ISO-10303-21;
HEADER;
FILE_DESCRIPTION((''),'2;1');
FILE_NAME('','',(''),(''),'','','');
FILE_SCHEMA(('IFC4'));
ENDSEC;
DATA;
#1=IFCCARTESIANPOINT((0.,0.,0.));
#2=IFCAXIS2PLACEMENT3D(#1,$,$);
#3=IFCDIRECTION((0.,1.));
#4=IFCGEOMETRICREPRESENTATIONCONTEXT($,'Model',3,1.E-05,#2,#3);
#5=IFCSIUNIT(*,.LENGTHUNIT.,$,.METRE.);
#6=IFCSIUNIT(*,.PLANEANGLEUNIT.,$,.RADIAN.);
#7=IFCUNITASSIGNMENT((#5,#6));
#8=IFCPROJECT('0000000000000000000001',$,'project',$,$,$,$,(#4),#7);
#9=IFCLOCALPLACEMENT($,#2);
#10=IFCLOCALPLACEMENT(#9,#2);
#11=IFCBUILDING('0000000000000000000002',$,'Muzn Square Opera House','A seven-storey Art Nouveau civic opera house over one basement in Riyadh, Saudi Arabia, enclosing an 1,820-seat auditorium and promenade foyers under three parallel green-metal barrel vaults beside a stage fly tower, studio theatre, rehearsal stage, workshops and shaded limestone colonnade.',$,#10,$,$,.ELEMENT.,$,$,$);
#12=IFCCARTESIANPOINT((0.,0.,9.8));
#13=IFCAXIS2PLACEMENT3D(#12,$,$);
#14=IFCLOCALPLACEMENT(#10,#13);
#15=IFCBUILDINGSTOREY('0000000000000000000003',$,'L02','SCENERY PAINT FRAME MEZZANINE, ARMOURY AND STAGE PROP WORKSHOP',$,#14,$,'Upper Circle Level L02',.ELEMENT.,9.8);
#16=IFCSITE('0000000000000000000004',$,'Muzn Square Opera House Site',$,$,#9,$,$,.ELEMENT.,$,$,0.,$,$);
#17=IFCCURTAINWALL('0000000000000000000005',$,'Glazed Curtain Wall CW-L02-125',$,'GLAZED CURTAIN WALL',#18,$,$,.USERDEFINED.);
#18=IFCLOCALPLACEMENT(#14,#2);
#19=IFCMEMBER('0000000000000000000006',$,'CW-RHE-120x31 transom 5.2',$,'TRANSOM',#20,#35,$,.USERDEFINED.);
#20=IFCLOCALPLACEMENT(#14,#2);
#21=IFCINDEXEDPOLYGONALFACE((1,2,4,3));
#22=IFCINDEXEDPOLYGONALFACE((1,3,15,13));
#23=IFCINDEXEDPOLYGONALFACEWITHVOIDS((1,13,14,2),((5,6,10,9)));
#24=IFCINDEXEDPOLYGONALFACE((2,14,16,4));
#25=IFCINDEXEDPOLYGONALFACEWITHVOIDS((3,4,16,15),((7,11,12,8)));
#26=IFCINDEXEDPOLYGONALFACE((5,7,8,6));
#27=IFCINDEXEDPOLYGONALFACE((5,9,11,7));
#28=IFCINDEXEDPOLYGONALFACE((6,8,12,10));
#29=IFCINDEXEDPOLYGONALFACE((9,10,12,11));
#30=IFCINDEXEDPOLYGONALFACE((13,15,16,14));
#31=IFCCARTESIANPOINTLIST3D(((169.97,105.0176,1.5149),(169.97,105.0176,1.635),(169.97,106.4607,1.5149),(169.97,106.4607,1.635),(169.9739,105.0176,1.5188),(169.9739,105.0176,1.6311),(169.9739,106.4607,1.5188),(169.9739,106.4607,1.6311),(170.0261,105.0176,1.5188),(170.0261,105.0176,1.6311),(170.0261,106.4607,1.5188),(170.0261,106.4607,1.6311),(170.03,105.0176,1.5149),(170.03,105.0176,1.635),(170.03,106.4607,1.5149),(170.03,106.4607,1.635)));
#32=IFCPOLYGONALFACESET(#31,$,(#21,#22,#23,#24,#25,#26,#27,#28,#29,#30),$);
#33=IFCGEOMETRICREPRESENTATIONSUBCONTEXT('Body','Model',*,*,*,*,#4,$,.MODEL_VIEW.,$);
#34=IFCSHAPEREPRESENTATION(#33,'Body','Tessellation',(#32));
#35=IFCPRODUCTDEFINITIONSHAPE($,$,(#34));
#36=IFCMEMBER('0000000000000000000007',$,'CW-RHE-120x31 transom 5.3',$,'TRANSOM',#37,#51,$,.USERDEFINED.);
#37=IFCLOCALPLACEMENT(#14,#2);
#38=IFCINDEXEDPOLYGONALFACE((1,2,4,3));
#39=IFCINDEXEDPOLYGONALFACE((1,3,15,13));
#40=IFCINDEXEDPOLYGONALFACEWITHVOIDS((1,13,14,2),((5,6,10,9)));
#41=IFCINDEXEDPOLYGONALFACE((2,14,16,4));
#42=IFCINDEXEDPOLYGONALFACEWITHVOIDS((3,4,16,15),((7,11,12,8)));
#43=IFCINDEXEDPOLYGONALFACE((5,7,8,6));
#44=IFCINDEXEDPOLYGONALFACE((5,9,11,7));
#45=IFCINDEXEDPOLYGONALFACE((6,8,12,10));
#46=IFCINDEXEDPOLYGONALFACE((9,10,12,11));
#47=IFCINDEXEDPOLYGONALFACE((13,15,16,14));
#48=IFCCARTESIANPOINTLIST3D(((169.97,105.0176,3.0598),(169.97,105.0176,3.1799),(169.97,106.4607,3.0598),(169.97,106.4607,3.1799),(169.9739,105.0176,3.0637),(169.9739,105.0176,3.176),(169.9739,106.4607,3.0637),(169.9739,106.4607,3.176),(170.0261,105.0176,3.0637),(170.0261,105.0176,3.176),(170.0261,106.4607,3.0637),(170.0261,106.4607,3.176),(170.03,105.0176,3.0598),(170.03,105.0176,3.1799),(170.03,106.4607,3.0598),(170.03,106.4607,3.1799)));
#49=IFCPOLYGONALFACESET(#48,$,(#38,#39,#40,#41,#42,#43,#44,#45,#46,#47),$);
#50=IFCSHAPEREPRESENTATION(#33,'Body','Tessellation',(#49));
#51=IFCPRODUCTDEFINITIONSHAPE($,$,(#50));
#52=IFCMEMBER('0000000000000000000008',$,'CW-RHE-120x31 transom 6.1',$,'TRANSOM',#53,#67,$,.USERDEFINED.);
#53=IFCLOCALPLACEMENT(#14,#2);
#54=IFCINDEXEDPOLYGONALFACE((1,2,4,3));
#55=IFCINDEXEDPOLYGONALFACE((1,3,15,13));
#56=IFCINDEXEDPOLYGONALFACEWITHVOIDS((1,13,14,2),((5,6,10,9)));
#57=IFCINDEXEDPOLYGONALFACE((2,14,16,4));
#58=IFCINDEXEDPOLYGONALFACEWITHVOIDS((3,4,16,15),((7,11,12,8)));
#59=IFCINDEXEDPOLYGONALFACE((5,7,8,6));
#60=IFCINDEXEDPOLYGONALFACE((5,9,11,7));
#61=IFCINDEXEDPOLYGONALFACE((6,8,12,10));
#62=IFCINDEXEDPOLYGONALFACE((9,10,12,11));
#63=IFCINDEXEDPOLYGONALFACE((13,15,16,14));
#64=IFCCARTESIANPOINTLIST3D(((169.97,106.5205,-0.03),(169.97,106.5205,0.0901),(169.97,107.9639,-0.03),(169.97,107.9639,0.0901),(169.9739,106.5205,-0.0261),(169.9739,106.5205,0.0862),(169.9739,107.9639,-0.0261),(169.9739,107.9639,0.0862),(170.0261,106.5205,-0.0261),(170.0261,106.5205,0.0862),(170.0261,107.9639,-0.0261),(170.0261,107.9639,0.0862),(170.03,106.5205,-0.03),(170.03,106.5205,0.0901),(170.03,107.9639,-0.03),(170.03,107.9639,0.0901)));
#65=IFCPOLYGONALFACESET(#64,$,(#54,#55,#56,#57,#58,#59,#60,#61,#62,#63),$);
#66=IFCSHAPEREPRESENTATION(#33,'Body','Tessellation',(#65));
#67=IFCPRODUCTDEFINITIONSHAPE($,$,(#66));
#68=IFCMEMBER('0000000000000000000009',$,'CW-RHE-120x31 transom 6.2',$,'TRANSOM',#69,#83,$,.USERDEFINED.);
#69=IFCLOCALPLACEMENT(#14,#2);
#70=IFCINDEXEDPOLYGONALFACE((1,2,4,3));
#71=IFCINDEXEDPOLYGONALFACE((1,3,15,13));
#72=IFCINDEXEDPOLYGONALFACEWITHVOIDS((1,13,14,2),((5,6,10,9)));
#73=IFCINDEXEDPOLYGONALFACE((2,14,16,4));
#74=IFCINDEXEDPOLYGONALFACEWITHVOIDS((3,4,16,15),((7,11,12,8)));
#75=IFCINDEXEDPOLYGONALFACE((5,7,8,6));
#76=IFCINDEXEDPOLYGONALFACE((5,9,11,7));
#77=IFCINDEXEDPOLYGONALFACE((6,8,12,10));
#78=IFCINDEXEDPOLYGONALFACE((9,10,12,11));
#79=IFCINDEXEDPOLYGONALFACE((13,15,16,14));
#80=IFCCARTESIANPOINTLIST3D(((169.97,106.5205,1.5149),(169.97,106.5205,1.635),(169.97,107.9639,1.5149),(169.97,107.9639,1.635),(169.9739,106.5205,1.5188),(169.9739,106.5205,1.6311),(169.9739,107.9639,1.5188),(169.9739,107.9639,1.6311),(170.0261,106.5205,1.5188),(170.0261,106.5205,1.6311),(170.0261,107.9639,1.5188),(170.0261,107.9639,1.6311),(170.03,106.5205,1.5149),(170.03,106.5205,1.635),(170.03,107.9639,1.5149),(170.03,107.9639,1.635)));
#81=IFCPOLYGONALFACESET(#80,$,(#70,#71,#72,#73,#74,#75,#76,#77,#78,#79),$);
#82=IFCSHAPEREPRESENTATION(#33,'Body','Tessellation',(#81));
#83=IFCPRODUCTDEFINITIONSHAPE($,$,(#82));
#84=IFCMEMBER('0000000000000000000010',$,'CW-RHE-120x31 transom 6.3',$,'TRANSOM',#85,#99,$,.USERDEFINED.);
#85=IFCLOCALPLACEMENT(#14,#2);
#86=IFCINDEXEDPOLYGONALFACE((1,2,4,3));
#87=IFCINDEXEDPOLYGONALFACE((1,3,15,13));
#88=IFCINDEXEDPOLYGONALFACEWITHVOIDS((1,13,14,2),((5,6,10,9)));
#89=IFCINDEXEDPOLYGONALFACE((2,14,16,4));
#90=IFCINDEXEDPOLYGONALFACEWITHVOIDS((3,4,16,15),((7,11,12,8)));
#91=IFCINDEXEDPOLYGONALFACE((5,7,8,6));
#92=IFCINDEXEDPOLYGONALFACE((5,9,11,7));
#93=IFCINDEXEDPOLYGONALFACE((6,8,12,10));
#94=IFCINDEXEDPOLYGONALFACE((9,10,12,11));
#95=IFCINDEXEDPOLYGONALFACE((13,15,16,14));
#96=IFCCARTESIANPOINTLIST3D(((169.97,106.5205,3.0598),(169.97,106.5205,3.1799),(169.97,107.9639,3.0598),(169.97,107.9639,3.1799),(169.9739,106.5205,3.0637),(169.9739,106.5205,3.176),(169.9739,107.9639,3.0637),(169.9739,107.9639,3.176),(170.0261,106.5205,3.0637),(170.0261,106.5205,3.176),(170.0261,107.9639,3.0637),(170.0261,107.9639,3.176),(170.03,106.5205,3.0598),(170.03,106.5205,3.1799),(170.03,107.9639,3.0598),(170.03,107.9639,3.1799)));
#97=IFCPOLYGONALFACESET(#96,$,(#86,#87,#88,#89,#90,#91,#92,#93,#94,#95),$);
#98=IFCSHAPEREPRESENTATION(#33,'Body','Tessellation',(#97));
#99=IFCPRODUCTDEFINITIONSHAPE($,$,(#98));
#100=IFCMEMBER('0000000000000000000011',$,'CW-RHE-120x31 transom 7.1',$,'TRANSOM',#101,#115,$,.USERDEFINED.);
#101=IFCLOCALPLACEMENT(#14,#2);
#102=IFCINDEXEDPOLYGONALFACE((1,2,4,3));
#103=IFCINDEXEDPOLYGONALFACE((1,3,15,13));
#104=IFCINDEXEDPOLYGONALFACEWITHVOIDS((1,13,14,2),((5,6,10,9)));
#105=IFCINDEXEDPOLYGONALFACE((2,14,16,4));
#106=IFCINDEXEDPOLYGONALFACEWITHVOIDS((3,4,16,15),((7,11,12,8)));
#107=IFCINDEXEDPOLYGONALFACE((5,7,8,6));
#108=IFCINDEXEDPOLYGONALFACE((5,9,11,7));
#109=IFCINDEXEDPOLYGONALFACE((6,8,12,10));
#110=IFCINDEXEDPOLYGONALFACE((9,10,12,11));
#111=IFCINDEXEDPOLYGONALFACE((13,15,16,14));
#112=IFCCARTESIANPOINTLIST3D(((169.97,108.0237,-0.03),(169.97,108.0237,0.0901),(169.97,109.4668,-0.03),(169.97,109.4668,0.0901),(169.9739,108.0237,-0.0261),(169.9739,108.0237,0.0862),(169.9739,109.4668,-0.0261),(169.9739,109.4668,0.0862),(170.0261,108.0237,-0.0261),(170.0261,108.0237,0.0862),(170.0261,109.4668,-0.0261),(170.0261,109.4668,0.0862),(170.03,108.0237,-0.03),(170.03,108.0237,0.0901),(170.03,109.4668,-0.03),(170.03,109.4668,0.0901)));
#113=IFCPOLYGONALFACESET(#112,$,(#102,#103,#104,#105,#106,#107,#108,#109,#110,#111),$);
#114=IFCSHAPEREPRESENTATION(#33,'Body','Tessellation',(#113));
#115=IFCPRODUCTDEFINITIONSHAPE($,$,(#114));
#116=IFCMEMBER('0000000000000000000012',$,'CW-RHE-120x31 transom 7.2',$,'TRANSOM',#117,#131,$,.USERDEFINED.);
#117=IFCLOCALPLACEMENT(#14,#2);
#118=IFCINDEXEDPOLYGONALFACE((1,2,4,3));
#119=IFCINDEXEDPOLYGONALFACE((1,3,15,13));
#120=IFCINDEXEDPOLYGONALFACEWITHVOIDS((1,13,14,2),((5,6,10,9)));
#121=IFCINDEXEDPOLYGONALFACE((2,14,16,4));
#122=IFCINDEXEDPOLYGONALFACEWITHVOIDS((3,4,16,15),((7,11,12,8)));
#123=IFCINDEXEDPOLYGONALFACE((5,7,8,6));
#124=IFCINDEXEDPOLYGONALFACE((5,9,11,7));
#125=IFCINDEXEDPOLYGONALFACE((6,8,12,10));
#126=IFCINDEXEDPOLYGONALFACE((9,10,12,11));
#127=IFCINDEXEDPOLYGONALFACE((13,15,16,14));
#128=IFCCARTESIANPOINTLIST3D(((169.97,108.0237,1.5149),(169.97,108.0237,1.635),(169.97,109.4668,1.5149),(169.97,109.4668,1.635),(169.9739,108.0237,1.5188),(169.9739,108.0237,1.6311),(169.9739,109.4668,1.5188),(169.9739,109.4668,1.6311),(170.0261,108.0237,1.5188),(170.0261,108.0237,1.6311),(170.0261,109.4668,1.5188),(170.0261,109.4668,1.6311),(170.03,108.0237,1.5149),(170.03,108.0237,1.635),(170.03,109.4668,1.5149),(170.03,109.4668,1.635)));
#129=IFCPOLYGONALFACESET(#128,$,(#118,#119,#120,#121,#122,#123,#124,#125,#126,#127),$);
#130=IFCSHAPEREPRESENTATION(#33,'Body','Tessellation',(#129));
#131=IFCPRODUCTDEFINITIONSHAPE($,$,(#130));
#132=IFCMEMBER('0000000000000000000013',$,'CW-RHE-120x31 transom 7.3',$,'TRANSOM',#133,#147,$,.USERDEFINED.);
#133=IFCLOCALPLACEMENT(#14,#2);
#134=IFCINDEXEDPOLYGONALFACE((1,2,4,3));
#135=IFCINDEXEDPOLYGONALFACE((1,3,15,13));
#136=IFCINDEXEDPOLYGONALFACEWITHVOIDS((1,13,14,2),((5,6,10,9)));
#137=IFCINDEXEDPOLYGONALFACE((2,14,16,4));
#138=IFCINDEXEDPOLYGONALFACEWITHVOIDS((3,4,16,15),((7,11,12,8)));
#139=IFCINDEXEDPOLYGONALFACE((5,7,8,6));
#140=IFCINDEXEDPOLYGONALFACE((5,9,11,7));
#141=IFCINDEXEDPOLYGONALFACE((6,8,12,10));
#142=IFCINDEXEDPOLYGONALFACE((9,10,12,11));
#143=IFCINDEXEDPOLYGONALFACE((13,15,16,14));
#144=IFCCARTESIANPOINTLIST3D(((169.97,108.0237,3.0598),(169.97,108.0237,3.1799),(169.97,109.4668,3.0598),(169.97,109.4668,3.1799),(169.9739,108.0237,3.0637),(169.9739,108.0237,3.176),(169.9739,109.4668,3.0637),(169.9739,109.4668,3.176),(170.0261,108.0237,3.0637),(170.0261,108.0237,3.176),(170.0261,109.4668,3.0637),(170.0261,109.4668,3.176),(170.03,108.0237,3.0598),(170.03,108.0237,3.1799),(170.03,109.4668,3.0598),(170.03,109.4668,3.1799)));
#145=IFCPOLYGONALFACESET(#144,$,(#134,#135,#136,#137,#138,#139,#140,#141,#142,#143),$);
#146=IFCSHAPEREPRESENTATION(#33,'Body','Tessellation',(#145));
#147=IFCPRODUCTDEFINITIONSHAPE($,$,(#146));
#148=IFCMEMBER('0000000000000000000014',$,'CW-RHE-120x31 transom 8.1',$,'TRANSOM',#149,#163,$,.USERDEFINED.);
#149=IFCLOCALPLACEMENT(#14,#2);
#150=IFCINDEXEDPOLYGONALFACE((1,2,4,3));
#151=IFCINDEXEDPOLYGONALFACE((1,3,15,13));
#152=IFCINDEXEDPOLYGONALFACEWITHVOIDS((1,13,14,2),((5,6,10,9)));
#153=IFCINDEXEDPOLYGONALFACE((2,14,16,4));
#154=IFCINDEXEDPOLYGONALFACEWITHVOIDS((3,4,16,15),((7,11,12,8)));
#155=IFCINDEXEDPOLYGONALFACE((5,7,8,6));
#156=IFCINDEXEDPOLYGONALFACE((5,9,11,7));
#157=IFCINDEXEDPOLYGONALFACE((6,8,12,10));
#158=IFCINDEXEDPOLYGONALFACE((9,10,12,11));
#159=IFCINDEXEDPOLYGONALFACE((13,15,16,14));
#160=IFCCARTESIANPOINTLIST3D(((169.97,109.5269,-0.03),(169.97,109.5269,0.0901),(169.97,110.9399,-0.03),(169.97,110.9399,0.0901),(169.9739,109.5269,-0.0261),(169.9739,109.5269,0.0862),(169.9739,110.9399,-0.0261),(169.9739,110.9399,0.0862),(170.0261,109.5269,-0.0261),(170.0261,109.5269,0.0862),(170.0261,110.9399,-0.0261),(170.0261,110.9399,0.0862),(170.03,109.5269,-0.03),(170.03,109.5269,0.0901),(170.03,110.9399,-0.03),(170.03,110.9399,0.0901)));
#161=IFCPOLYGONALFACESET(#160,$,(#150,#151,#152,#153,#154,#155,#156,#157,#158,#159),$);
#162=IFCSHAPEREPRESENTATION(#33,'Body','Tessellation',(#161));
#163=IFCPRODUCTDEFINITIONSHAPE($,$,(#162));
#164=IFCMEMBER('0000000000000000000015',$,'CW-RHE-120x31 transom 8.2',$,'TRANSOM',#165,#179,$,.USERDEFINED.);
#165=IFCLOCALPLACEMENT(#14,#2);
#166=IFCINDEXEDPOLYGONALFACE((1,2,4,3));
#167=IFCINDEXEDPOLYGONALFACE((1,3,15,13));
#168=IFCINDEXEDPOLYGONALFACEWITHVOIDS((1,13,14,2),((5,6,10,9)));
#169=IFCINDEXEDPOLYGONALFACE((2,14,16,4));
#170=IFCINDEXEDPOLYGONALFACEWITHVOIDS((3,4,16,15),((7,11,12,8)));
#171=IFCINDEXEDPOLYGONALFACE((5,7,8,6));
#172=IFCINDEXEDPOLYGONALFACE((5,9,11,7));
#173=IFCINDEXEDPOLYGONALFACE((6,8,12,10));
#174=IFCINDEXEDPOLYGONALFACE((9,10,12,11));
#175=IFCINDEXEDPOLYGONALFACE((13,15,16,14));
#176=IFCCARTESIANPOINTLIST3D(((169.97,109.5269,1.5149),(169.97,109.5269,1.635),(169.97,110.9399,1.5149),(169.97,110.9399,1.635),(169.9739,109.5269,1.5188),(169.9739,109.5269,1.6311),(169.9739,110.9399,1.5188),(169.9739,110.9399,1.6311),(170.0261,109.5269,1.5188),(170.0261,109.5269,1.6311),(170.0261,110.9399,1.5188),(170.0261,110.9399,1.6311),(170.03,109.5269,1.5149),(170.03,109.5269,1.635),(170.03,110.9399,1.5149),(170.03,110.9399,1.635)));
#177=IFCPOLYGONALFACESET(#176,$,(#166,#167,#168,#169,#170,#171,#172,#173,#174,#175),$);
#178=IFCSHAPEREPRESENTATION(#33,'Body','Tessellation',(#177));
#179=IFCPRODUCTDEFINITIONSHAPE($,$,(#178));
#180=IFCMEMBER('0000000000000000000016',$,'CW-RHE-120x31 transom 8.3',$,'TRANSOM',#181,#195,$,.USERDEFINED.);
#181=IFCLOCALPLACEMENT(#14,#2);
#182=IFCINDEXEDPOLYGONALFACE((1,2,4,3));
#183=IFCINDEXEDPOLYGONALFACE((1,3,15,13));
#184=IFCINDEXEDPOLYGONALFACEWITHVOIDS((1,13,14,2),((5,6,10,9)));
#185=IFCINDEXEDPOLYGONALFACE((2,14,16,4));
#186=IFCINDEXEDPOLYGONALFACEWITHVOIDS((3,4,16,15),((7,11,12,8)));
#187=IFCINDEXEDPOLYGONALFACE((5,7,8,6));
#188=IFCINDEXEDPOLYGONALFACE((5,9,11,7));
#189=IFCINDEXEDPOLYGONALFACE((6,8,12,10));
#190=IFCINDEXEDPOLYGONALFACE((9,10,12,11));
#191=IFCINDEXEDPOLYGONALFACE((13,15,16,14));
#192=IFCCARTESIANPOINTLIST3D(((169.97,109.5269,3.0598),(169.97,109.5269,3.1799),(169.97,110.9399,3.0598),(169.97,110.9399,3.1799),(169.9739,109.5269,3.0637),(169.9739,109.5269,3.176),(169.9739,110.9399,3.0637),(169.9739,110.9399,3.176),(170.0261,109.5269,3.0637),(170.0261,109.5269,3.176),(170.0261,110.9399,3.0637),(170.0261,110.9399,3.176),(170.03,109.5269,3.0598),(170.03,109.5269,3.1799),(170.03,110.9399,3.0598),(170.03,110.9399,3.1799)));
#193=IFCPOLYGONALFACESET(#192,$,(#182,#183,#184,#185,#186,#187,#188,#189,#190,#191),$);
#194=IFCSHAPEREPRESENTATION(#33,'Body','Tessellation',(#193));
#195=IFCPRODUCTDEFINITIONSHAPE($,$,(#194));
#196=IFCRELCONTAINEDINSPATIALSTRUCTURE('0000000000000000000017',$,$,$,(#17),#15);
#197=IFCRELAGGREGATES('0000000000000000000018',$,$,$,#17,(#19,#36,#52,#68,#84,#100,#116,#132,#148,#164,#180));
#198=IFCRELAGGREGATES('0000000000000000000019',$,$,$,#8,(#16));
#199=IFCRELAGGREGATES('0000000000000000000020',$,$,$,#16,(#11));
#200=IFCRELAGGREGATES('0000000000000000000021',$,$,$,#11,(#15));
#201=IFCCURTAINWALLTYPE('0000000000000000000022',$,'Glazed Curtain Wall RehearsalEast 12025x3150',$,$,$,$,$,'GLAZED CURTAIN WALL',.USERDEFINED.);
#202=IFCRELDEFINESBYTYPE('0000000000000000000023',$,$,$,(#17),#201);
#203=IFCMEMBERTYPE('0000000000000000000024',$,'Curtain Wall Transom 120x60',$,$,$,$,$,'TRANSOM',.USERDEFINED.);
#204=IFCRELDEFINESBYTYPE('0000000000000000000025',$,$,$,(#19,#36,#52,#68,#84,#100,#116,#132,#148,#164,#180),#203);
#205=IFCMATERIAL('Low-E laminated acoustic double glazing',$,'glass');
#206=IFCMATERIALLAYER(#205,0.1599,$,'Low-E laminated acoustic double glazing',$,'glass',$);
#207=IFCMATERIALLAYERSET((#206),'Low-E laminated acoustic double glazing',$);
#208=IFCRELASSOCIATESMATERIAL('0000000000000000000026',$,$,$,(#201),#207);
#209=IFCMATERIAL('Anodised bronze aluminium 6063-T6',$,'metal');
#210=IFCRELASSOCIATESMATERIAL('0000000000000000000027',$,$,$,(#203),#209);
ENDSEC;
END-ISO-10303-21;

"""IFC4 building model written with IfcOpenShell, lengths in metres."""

from ifc_helpers import new_model, si_unit, direction, frame, origin, origin_2d, place, context, subcontext, project, spatial, hollow_rectangle, extrude, material, layer, layer_set, material_profile, profile_set, type_object, element, aggregate, save


model = new_model("IFC4")

# Units and contexts
model_context = context("Model", 3, precision=1e-05, world=origin(), true_north=direction((0.0, 1.0)))
body_context = subcontext(model_context, "Body", "Model", "MODEL_VIEW")
ifc_project = project(units=[si_unit("LENGTHUNIT", "METRE"), si_unit("PLANEANGLEUNIT", "RADIAN")], contexts=[model_context])

# Site, building, storey
site_placement = place(None, origin())
site = spatial("IfcSite", under=ifc_project, at=site_placement, Name="Muzn Square Opera House Site", CompositionType="ELEMENT", RefElevation=0.0)
building_placement = place(site_placement, origin())
building = spatial("IfcBuilding", under=site, at=building_placement, Name="Muzn Square Opera House", Description="A seven-storey Art Nouveau civic opera house over one basement in Riyadh, Saudi Arabia, enclosing an 1,820-seat auditorium and promenade foyers under three parallel green-metal barrel vaults beside a stage fly tower, studio theatre, rehearsal stage, workshops and shaded limestone colonnade.", CompositionType="ELEMENT")
storey_placement = place(building_placement, frame((0.0, 0.0, 9.8)))
storey = spatial("IfcBuildingStorey", under=building, at=storey_placement, Name="L02", Description="SCENERY PAINT FRAME MEZZANINE, ARMOURY AND STAGE PROP WORKSHOP", LongName="Upper Circle Level L02", CompositionType="ELEMENT", Elevation=9.8)

# Curtain wall, members
ifc_material_1 = material(Name="Low-E laminated acoustic double glazing", Category="glass")
ifc_layer_1 = layer(ifc_material_1, 0.1599, Name="Low-E laminated acoustic double glazing", Category="glass")
ifc_layer_set_1 = layer_set([ifc_layer_1], Name="Low-E laminated acoustic double glazing")
curtain_wall_type = type_object("IfcCurtainWallType", Name="Glazed Curtain Wall RehearsalEast 12025x3150", ElementType="GLAZED CURTAIN WALL", PredefinedType="USERDEFINED", material=ifc_layer_set_1)
curtain_wall_placement = place(storey_placement, origin())
curtain_wall = element("IfcCurtainWall", 1, at=curtain_wall_placement, inside=storey, type_object=curtain_wall_type, Name="Glazed Curtain Wall CW-L02-125", ObjectType="GLAZED CURTAIN WALL", PredefinedType="USERDEFINED")
ifc_material_2 = material(Name="Anodised bronze aluminium 6063-T6", Category="metal")
ifc_material_profile_1 = material_profile(ifc_material_2, hollow_rectangle(XDim=0.0601, YDim=0.1201, WallThickness=0.0039, at=origin_2d()), Name="ALU 120x60x4", Category="metal")
ifc_profile_set_1 = profile_set([ifc_material_profile_1], Name="Anodised bronze aluminium 6063-T6")
member_type_1 = type_object("IfcMemberType", Name="Curtain Wall Transom 120x60", ElementType="TRANSOM", PredefinedType="USERDEFINED", material=ifc_profile_set_1)
member_1_placement = place(storey_placement, frame((170.0, 105.0176, 1.575), z_axis=(0.0, 1.0, 0.0), x_axis=(-1.0, 0.0, 0.0)))
member_1 = element("IfcMember", 2, at=member_1_placement, type_object=member_type_1, Name="CW-RHE-120x31 transom 5.2", ObjectType="TRANSOM", PredefinedType="USERDEFINED", context=body_context, shape_type="SweptSolid", body=[
    extrude(hollow_rectangle(XDim=0.0601, YDim=0.1201, WallThickness=0.0039, at=origin_2d()), origin(), (0.0, 0.0, 1.0), 1.4431),
])
member_2_placement = place(storey_placement, frame((170.0, 105.0176, 3.1199), z_axis=(0.0, 1.0, 0.0), x_axis=(-1.0, 0.0, 0.0)))
member_2 = element("IfcMember", 3, at=member_2_placement, type_object=member_type_1, Name="CW-RHE-120x31 transom 5.3", ObjectType="TRANSOM", PredefinedType="USERDEFINED", context=body_context, shape_type="SweptSolid", body=[
    extrude(hollow_rectangle(XDim=0.0601, YDim=0.1201, WallThickness=0.0039, at=origin_2d()), origin(), (0.0, 0.0, 1.0), 1.4431),
])
member_3_placement = place(storey_placement, frame((170.0, 106.5205, 0.03), z_axis=(0.0, 1.0, 0.0), x_axis=(-1.0, 0.0, 0.0)))
member_3 = element("IfcMember", 4, at=member_3_placement, type_object=member_type_1, Name="CW-RHE-120x31 transom 6.1", ObjectType="TRANSOM", PredefinedType="USERDEFINED", context=body_context, shape_type="SweptSolid", body=[
    extrude(hollow_rectangle(XDim=0.0601, YDim=0.1201, WallThickness=0.0039, at=origin_2d()), origin(), (0.0, 0.0, 1.0), 1.4434),
])
member_4_placement = place(storey_placement, frame((170.0, 106.5205, 1.575), z_axis=(0.0, 1.0, 0.0), x_axis=(-1.0, 0.0, 0.0)))
member_4 = element("IfcMember", 5, at=member_4_placement, type_object=member_type_1, Name="CW-RHE-120x31 transom 6.2", ObjectType="TRANSOM", PredefinedType="USERDEFINED", context=body_context, shape_type="SweptSolid", body=[
    extrude(hollow_rectangle(XDim=0.0601, YDim=0.1201, WallThickness=0.0039, at=origin_2d()), origin(), (0.0, 0.0, 1.0), 1.4434),
])
member_5_placement = place(storey_placement, frame((170.0, 106.5205, 3.1199), z_axis=(0.0, 1.0, 0.0), x_axis=(-1.0, 0.0, 0.0)))
member_5 = element("IfcMember", 6, at=member_5_placement, type_object=member_type_1, Name="CW-RHE-120x31 transom 6.3", ObjectType="TRANSOM", PredefinedType="USERDEFINED", context=body_context, shape_type="SweptSolid", body=[
    extrude(hollow_rectangle(XDim=0.0601, YDim=0.1201, WallThickness=0.0039, at=origin_2d()), origin(), (0.0, 0.0, 1.0), 1.4434),
])
member_6_placement = place(storey_placement, frame((170.0, 108.0237, 0.03), z_axis=(0.0, 1.0, 0.0), x_axis=(-1.0, 0.0, 0.0)))
member_6 = element("IfcMember", 7, at=member_6_placement, type_object=member_type_1, Name="CW-RHE-120x31 transom 7.1", ObjectType="TRANSOM", PredefinedType="USERDEFINED", context=body_context, shape_type="SweptSolid", body=[
    extrude(hollow_rectangle(XDim=0.0601, YDim=0.1201, WallThickness=0.0039, at=origin_2d()), origin(), (0.0, 0.0, 1.0), 1.4431),
])
member_7_placement = place(storey_placement, frame((170.0, 108.0237, 1.575), z_axis=(0.0, 1.0, 0.0), x_axis=(-1.0, 0.0, 0.0)))
member_7 = element("IfcMember", 8, at=member_7_placement, type_object=member_type_1, Name="CW-RHE-120x31 transom 7.2", ObjectType="TRANSOM", PredefinedType="USERDEFINED", context=body_context, shape_type="SweptSolid", body=[
    extrude(hollow_rectangle(XDim=0.0601, YDim=0.1201, WallThickness=0.0039, at=origin_2d()), origin(), (0.0, 0.0, 1.0), 1.4431),
])
member_8_placement = place(storey_placement, frame((170.0, 108.0237, 3.1199), z_axis=(0.0, 1.0, 0.0), x_axis=(-1.0, 0.0, 0.0)))
member_8 = element("IfcMember", 9, at=member_8_placement, type_object=member_type_1, Name="CW-RHE-120x31 transom 7.3", ObjectType="TRANSOM", PredefinedType="USERDEFINED", context=body_context, shape_type="SweptSolid", body=[
    extrude(hollow_rectangle(XDim=0.0601, YDim=0.1201, WallThickness=0.0039, at=origin_2d()), origin(), (0.0, 0.0, 1.0), 1.4431),
])
member_9_placement = place(storey_placement, frame((170.0, 109.5269, 0.03), z_axis=(0.0, 1.0, 0.0), x_axis=(-1.0, 0.0, 0.0)))
member_9 = element("IfcMember", 10, at=member_9_placement, type_object=member_type_1, Name="CW-RHE-120x31 transom 8.1", ObjectType="TRANSOM", PredefinedType="USERDEFINED", context=body_context, shape_type="SweptSolid", body=[
    extrude(hollow_rectangle(XDim=0.0601, YDim=0.1201, WallThickness=0.0039, at=origin_2d()), origin(), (0.0, 0.0, 1.0), 1.4131),
])
member_10_placement = place(storey_placement, frame((170.0, 109.5269, 1.575), z_axis=(0.0, 1.0, 0.0), x_axis=(-1.0, 0.0, 0.0)))
member_10 = element("IfcMember", 11, at=member_10_placement, type_object=member_type_1, Name="CW-RHE-120x31 transom 8.2", ObjectType="TRANSOM", PredefinedType="USERDEFINED", context=body_context, shape_type="SweptSolid", body=[
    extrude(hollow_rectangle(XDim=0.0601, YDim=0.1201, WallThickness=0.0039, at=origin_2d()), origin(), (0.0, 0.0, 1.0), 1.4131),
])
member_11_placement = place(storey_placement, frame((170.0, 109.5269, 3.1199), z_axis=(0.0, 1.0, 0.0), x_axis=(-1.0, 0.0, 0.0)))
member_11 = element("IfcMember", 12, at=member_11_placement, type_object=member_type_1, Name="CW-RHE-120x31 transom 8.3", ObjectType="TRANSOM", PredefinedType="USERDEFINED", context=body_context, shape_type="SweptSolid", body=[
    extrude(hollow_rectangle(XDim=0.0601, YDim=0.1201, WallThickness=0.0039, at=origin_2d()), origin(), (0.0, 0.0, 1.0), 1.4131),
])
aggregate(curtain_wall, [member_1, member_2, member_3, member_4, member_5, member_6, member_7, member_8, member_9, member_10, member_11])

save(model, "model.ifc")
